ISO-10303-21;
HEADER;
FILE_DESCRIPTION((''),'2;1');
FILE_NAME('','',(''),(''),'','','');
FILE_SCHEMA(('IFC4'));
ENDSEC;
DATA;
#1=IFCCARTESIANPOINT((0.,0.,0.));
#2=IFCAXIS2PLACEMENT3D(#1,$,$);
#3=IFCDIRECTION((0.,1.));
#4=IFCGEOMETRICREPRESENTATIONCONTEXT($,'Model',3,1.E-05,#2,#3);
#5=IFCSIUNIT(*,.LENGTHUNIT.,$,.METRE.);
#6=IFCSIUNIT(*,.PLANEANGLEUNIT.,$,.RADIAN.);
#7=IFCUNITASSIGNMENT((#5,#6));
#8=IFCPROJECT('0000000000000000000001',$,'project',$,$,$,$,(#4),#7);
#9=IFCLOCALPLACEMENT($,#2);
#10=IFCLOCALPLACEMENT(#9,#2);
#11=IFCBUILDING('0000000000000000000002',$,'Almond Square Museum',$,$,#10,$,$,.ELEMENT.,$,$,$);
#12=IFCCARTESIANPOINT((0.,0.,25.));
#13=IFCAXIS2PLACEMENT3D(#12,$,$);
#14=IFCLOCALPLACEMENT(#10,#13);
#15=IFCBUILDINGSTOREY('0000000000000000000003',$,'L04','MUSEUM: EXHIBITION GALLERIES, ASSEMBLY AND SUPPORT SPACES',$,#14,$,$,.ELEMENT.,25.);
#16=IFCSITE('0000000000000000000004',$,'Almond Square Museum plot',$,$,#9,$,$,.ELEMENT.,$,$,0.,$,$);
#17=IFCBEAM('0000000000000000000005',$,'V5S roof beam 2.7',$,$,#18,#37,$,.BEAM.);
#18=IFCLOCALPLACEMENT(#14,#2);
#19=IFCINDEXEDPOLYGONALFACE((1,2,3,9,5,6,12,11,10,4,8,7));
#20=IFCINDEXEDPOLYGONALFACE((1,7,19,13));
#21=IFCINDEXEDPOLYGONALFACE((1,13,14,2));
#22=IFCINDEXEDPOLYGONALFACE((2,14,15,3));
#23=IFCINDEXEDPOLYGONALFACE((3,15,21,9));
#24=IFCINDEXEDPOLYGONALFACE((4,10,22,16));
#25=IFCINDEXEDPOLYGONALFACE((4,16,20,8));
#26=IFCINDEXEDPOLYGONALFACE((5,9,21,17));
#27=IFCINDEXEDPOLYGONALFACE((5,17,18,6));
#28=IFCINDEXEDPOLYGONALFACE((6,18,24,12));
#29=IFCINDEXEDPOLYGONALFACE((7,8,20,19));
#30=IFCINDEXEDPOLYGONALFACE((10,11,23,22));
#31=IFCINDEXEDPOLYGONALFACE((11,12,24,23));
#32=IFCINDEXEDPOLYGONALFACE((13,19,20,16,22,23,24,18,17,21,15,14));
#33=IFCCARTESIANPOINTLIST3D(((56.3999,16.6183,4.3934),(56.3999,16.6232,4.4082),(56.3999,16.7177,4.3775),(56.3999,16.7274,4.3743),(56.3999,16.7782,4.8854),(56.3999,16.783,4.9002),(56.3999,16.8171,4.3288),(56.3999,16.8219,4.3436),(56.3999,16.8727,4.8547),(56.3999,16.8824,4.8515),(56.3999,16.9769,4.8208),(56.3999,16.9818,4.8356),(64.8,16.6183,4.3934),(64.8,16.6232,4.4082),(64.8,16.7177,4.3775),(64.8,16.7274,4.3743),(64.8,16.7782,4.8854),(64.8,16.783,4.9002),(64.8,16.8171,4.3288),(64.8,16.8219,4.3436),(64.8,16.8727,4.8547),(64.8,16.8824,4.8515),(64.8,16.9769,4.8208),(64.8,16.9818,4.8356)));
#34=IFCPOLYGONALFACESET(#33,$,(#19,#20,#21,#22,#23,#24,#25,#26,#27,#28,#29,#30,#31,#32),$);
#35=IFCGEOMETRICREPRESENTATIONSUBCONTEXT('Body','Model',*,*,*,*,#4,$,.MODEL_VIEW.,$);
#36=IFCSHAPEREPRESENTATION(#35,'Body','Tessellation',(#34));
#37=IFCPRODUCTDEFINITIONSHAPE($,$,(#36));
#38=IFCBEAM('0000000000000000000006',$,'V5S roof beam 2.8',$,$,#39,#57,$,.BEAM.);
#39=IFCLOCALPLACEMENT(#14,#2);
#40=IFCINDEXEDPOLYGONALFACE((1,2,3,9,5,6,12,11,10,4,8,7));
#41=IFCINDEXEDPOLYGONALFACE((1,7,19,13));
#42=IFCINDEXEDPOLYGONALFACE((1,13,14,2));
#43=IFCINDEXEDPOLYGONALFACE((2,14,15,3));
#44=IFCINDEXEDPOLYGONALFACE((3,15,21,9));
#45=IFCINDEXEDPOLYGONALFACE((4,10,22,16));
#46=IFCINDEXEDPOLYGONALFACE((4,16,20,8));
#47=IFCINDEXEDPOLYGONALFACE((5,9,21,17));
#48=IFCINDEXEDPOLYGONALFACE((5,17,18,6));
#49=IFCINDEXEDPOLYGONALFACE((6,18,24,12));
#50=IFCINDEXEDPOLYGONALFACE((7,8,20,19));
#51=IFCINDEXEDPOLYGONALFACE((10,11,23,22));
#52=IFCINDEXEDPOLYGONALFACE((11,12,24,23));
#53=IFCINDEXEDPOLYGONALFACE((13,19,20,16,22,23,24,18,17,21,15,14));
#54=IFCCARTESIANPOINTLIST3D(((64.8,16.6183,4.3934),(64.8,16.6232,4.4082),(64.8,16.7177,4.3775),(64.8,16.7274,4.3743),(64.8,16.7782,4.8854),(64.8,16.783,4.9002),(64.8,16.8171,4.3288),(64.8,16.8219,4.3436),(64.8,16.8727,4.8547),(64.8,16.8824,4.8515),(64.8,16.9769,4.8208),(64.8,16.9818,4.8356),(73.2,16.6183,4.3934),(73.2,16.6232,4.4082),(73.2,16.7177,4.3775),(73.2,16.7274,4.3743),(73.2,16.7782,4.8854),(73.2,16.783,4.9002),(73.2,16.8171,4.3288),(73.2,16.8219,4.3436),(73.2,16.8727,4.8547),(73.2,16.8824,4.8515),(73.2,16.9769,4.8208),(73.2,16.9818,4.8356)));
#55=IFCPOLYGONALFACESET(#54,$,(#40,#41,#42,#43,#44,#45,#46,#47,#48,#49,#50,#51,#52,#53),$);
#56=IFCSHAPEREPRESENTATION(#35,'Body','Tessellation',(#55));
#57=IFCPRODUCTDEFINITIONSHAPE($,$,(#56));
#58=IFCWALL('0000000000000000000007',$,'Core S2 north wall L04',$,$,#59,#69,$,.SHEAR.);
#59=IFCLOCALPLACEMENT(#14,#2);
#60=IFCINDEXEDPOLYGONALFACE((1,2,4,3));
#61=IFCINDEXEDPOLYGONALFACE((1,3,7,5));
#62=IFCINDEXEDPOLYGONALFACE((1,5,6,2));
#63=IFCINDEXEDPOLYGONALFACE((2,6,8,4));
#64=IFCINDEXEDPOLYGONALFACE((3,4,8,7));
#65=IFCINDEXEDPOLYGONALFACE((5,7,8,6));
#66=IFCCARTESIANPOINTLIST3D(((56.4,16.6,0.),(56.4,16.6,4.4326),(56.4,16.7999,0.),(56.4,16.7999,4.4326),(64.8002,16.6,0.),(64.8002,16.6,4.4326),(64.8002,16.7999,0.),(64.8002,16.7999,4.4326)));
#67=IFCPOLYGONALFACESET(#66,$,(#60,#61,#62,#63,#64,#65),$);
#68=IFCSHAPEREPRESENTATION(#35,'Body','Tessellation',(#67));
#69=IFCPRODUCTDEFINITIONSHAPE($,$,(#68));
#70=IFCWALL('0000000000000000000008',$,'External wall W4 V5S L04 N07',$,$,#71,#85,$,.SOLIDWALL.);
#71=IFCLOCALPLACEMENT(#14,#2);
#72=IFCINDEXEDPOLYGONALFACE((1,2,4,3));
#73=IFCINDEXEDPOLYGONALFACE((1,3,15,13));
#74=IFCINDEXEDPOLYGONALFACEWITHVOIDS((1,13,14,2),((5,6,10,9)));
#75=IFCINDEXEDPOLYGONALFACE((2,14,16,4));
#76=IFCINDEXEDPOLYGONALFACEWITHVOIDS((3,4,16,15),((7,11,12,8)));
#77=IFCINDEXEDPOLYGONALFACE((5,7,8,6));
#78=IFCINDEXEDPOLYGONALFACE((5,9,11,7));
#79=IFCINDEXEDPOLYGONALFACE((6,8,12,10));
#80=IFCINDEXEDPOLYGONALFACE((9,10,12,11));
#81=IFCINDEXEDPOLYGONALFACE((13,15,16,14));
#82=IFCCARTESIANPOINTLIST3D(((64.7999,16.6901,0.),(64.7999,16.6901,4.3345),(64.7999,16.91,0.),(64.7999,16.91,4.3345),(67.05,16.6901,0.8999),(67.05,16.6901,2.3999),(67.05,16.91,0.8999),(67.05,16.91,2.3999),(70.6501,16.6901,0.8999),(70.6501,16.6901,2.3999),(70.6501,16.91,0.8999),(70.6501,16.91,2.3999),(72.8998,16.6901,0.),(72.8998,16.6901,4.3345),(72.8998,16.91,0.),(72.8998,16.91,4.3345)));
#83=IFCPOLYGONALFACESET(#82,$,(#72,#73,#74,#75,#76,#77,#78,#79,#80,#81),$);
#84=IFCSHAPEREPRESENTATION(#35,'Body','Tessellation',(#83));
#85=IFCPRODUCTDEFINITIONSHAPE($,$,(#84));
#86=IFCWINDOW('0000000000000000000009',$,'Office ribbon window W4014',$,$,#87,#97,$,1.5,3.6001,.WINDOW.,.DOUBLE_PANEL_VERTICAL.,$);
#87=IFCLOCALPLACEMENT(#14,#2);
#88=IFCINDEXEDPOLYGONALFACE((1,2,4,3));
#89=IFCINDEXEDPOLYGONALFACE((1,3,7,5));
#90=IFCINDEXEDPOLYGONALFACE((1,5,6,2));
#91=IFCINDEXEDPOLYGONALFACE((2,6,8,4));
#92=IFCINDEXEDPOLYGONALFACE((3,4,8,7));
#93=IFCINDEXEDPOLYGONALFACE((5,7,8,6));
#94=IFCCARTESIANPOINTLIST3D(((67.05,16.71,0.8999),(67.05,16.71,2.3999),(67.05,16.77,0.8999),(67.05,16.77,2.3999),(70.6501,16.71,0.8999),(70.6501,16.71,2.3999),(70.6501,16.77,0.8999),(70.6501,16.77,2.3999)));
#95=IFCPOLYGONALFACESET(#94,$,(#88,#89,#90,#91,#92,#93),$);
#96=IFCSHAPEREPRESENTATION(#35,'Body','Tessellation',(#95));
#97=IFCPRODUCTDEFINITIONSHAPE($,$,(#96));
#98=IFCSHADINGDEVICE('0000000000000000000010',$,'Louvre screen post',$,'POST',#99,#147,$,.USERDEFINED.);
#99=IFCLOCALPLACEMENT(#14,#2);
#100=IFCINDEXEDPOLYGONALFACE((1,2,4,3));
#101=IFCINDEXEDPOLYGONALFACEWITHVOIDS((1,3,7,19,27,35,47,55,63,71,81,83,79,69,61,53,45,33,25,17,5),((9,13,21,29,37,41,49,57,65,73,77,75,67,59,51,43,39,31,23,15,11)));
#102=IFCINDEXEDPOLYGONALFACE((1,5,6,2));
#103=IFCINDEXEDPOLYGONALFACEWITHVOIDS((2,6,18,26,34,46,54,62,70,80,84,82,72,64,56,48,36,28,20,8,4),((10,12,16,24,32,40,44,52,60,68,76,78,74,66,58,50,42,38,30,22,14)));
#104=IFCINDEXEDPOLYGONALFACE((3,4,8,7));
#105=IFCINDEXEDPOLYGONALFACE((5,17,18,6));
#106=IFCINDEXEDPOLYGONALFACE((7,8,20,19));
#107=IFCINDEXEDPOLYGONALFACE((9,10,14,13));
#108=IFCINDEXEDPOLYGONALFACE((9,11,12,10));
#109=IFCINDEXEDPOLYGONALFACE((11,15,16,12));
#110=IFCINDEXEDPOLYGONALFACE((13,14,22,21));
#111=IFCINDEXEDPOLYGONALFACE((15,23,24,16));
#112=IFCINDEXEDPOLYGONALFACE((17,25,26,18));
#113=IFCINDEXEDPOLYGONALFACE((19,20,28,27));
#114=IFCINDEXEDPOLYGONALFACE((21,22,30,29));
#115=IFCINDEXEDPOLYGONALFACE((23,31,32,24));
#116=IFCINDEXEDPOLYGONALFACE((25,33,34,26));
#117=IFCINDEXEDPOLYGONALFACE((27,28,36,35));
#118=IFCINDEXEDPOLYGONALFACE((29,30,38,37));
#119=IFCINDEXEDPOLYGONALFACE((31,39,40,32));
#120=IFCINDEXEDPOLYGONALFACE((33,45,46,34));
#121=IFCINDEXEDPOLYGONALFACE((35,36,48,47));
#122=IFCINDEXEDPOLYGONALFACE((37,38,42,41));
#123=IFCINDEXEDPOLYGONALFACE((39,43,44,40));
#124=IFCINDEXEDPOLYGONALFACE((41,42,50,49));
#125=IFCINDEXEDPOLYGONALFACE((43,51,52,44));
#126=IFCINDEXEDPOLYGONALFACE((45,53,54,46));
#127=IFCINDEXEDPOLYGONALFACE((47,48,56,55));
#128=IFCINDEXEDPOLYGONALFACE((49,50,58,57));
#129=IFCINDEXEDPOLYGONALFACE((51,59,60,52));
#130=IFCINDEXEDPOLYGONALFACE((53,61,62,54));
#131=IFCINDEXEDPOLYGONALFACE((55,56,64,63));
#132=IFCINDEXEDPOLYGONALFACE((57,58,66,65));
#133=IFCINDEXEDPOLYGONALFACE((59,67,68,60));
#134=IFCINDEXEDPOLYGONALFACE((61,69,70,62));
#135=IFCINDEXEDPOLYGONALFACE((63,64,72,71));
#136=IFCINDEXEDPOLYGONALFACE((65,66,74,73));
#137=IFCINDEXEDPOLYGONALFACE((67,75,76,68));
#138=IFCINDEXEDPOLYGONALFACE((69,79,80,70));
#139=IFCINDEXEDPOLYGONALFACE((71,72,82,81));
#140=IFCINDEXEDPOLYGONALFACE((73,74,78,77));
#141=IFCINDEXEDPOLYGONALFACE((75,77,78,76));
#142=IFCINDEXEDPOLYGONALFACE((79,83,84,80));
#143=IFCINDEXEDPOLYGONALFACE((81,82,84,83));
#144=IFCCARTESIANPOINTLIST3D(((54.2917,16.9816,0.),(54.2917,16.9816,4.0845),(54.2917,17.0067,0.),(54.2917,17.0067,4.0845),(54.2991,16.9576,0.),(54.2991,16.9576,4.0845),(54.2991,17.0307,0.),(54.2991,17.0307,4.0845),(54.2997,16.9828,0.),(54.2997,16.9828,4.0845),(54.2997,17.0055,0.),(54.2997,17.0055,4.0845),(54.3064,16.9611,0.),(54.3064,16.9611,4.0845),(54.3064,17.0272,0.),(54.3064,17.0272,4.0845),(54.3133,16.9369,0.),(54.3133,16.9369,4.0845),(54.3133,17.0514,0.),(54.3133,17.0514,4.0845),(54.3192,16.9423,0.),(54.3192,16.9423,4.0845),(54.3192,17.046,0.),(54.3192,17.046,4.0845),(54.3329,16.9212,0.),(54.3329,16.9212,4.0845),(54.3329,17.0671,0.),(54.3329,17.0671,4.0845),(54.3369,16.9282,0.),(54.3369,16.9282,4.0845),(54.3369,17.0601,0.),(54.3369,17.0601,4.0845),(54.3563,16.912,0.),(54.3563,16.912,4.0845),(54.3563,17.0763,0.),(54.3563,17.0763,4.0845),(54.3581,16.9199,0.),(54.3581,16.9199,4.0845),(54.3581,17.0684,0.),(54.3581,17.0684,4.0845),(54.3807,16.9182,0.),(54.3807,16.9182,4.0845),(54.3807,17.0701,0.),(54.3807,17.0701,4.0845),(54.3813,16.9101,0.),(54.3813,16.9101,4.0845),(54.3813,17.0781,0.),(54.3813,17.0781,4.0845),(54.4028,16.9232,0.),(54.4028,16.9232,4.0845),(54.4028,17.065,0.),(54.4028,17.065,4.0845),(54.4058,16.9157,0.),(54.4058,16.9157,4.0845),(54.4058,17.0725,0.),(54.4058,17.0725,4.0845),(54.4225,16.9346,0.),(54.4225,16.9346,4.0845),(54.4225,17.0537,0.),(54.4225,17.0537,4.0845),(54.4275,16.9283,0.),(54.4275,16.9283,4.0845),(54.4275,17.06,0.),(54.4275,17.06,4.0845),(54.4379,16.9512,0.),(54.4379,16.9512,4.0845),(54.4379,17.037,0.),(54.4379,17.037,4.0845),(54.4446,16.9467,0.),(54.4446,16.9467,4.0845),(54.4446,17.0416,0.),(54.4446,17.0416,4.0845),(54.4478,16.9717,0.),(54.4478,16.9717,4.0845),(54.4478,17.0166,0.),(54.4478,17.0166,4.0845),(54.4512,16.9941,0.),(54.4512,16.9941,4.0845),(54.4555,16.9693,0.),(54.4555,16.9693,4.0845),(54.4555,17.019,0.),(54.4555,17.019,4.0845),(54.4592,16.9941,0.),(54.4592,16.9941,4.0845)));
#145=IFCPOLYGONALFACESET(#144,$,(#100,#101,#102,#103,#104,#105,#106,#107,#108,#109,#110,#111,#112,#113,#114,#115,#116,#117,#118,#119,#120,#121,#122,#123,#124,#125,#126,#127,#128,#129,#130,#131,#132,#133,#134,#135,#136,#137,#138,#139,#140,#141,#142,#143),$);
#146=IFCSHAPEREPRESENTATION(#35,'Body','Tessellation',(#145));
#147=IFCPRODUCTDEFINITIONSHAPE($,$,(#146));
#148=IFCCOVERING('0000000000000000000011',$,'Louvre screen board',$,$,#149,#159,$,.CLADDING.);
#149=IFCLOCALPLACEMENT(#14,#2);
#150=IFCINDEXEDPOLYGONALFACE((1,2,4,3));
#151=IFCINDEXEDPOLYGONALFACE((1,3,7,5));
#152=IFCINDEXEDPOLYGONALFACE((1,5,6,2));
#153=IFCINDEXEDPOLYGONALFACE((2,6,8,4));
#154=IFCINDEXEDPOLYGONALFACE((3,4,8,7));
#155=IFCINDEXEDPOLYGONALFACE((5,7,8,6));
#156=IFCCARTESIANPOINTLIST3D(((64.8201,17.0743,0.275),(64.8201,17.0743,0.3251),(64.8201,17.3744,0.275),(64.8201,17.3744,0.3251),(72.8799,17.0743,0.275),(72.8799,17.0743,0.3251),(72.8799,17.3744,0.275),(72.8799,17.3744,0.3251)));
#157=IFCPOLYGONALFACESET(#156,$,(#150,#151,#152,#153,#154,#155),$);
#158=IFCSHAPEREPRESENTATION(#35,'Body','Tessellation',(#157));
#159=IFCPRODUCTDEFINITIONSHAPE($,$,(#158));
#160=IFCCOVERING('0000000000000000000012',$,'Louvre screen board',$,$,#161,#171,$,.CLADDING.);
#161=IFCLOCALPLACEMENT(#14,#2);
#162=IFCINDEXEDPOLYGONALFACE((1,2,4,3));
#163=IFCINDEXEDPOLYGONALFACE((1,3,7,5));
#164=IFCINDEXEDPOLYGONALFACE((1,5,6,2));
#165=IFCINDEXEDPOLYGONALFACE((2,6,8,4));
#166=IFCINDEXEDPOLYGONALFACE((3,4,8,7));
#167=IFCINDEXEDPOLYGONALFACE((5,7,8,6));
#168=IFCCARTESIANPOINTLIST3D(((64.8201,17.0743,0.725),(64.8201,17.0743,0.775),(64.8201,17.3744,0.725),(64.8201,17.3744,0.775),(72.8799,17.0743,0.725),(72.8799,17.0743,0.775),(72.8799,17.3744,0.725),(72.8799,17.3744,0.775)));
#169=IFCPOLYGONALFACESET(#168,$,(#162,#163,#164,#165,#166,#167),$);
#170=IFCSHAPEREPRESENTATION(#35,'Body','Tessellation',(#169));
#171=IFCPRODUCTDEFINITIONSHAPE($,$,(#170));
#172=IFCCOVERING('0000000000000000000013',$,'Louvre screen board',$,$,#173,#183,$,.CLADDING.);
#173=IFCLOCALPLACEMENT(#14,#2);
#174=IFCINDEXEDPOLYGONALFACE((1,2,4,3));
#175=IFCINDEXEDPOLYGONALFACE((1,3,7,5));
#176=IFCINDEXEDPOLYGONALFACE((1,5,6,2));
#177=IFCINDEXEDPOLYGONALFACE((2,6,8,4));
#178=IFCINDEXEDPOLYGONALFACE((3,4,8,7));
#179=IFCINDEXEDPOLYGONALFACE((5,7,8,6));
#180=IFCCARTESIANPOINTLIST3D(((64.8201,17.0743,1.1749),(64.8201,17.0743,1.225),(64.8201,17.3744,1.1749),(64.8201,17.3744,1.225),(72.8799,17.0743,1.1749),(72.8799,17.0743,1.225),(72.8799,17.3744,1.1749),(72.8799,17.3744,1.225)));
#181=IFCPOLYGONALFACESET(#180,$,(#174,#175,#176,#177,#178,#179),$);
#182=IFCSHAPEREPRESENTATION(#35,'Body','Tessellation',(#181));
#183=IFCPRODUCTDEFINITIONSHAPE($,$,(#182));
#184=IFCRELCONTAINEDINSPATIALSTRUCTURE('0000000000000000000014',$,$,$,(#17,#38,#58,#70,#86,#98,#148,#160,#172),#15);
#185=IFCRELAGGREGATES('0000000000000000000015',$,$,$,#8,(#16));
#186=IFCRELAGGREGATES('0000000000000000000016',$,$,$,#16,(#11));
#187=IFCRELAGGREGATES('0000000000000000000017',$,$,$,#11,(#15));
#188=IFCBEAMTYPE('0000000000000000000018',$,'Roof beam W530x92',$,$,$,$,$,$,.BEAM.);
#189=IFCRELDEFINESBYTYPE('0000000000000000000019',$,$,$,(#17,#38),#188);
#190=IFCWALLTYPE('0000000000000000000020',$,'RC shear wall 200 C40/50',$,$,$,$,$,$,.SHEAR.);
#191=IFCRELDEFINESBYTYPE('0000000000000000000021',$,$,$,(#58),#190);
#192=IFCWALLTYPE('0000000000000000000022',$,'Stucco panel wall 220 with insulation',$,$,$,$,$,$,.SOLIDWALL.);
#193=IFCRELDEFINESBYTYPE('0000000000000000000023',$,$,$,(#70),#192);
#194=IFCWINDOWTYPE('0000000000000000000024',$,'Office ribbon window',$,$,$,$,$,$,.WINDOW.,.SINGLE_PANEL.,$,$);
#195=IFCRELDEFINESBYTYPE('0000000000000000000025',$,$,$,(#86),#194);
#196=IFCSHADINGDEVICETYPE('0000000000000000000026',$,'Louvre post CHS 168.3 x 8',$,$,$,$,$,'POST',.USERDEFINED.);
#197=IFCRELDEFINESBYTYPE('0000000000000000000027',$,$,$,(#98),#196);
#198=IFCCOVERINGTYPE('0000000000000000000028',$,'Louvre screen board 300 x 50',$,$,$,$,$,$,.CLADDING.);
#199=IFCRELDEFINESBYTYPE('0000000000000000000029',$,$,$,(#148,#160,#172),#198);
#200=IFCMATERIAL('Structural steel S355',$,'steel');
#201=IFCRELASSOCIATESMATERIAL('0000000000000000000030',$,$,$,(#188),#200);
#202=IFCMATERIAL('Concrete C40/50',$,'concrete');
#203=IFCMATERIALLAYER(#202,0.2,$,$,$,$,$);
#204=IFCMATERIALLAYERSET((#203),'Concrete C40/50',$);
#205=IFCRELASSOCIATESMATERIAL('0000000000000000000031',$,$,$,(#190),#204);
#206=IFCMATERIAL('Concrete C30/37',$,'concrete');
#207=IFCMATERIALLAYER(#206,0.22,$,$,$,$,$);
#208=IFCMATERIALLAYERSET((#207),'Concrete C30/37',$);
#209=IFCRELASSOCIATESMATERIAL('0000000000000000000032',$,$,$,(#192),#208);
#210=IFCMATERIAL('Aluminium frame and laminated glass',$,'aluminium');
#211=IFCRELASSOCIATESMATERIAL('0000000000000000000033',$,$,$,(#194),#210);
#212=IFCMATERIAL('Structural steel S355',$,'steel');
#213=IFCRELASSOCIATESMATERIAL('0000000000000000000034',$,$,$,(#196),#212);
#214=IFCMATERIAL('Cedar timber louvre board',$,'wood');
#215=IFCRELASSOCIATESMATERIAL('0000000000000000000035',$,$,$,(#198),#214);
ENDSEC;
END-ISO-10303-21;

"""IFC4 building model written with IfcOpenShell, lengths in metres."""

from ifc_helpers import new_model, si_unit, direction, frame, frame_2d, origin, origin_2d, place, context, subcontext, project, spatial, rectangle, hollow_circle, i_section, extrude, material, layer, layer_set, material_profile, profile_set, type_object, element, fill, save


model = new_model("IFC4")

# Units and contexts
model_context = context("Model", 3, precision=1e-05, world=origin(), true_north=direction((0.0, 1.0)))
body_context = subcontext(model_context, "Body", "Model", "MODEL_VIEW")
ifc_project = project(units=[si_unit("LENGTHUNIT", "METRE"), si_unit("PLANEANGLEUNIT", "RADIAN")], contexts=[model_context])

# Site, building, storey
site_placement = place(None, origin())
site = spatial("IfcSite", under=ifc_project, at=site_placement, Name="Almond Square Museum plot", CompositionType="ELEMENT", RefElevation=0.0)
building_placement = place(site_placement, origin())
building = spatial("IfcBuilding", under=site, at=building_placement, Name="Almond Square Museum", CompositionType="ELEMENT")
storey_placement = place(building_placement, frame((0.0, 0.0, 25.0)))
storey = spatial("IfcBuildingStorey", under=building, at=storey_placement, Name="L04", Description="MUSEUM: EXHIBITION GALLERIES, ASSEMBLY AND SUPPORT SPACES", CompositionType="ELEMENT", Elevation=25.0)

# Beams
ifc_material_1 = material(Name="Structural steel S355", Category="steel")
ifc_material_profile_1 = material_profile(ifc_material_1, i_section(OverallWidth=0.209, OverallDepth=0.533, WebThickness=0.0103, FlangeThickness=0.0156, at=origin_2d()))
ifc_profile_set_1 = profile_set([ifc_material_profile_1], Name="Structural steel S355")
beam_type = type_object("IfcBeamType", Name="Roof beam W530x92", PredefinedType="BEAM", material=ifc_profile_set_1)
beam_1_placement = place(storey_placement, frame((56.3999, 16.8, 4.6145), z_axis=(1.0, 0.0, 0.0), x_axis=(0.0, 0.951057, -0.309017)))
element("IfcBeam", 1, at=beam_1_placement, inside=storey, type_object=beam_type, Name="V5S roof beam 2.7", PredefinedType="BEAM", context=body_context, shape_type="SweptSolid", body=[
    extrude(i_section(OverallWidth=0.209, OverallDepth=0.533, WebThickness=0.0103, FlangeThickness=0.0156, at=origin_2d()), origin(), (0.0, 0.0, 1.0), 8.4001),
])
beam_2_placement = place(storey_placement, frame((64.8, 16.8, 4.6145), z_axis=(1.0, 0.0, 0.0), x_axis=(0.0, 0.951057, -0.309017)))
element("IfcBeam", 2, at=beam_2_placement, inside=storey, type_object=beam_type, Name="V5S roof beam 2.8", PredefinedType="BEAM", context=body_context, shape_type="SweptSolid", body=[
    extrude(i_section(OverallWidth=0.209, OverallDepth=0.533, WebThickness=0.0103, FlangeThickness=0.0156, at=origin_2d()), origin(), (0.0, 0.0, 1.0), 8.3999),
])

# Wall
ifc_material_2 = material(Name="Concrete C40/50", Category="concrete")
ifc_layer_1 = layer(ifc_material_2, 0.2)
ifc_layer_set_1 = layer_set([ifc_layer_1], Name="Concrete C40/50")
wall_type_1 = type_object("IfcWallType", Name="RC shear wall 200 C40/50", PredefinedType="SHEAR", material=ifc_layer_set_1)
wall_1_placement = place(storey_placement, frame((56.3999, 16.7, 0.0), z_axis=(0.0, 0.0, 1.0), x_axis=(1.0, 0.0, 0.0)))
element("IfcWall", 3, at=wall_1_placement, inside=storey, type_object=wall_type_1, Name="Core S2 north wall L04", PredefinedType="SHEAR", context=body_context, shape_type="SweptSolid", body=[
    extrude(rectangle(XDim=8.4001, YDim=0.2, at=frame_2d((4.2002, 0.0))), origin(), (0.0, 0.0, 1.0), 4.4326),
])

# Wall, opening, window
ifc_material_3 = material(Name="Concrete C30/37", Category="concrete")
ifc_layer_2 = layer(ifc_material_3, 0.22)
ifc_layer_set_2 = layer_set([ifc_layer_2], Name="Concrete C30/37")
wall_type_2 = type_object("IfcWallType", Name="Stucco panel wall 220 with insulation", PredefinedType="SOLIDWALL", material=ifc_layer_set_2)
wall_2_placement = place(storey_placement, frame((64.8, 16.8, 0.0), z_axis=(0.0, 0.0, 1.0), x_axis=(1.0, 0.0, 0.0)))
wall_2 = element("IfcWall", 4, at=wall_2_placement, inside=storey, type_object=wall_type_2, Name="External wall W4 V5S L04 N07", PredefinedType="SOLIDWALL", context=body_context, shape_type="SweptSolid", body=[
    extrude(rectangle(XDim=8.0999, YDim=0.22, at=frame_2d((4.0498, 0.0))), origin(), (0.0, 0.0, 1.0), 4.3345),
])
opening_placement = place(wall_2_placement, frame((2.25, 0.0, 0.8999)))
opening = element("IfcOpeningElement", 5, at=opening_placement, cuts=wall_2, PredefinedType="OPENING", context=body_context, shape_type="SweptSolid", body=[
    extrude(rectangle(XDim=3.6001, YDim=1.5, at=frame_2d((1.8, 0.75))), frame((0.0, 0.1199, 0.0), z_axis=(0.0, -1.0, 0.0), x_axis=(1.0, 0.0, 0.0)), (0.0, 0.0, 1.0), 0.24),
])
ifc_material_4 = material(Name="Aluminium frame and laminated glass", Category="aluminium")
window_type = type_object("IfcWindowType", Name="Office ribbon window", PartitioningType="SINGLE_PANEL", PredefinedType="WINDOW", material=ifc_material_4)
window_placement = place(opening_placement, origin())
window = element("IfcWindow", 6, at=window_placement, inside=storey, type_object=window_type, Name="Office ribbon window W4014", OverallHeight=1.5, OverallWidth=3.6001, PartitioningType="DOUBLE_PANEL_VERTICAL", PredefinedType="WINDOW", context=body_context, shape_type="SweptSolid", body=[
    extrude(rectangle(XDim=3.6001, YDim=1.5, at=frame_2d((1.8, 0.75))), frame((0.0, -0.03, 0.0), z_axis=(0.0, -1.0, 0.0), x_axis=(1.0, 0.0, 0.0)), (0.0, 0.0, 1.0), 0.0601),
])
fill(opening, window)

# Shading device
ifc_material_5 = material(Name="Structural steel S355", Category="steel")
ifc_material_profile_2 = material_profile(ifc_material_5, hollow_circle(Radius=0.0842, WallThickness=0.0081, at=origin_2d()))
ifc_profile_set_2 = profile_set([ifc_material_profile_2], Name="Structural steel S355")
shading_device_type = type_object("IfcShadingDeviceType", Name="Louvre post CHS 168.3 x 8", ElementType="POST", PredefinedType="USERDEFINED", material=ifc_profile_set_2)
shading_device_placement = place(storey_placement, frame((54.375, 16.9941, 0.0), z_axis=(0.0, 0.0, 1.0), x_axis=(1.0, 0.0, 0.0)))
element("IfcShadingDevice", 7, at=shading_device_placement, inside=storey, type_object=shading_device_type, Name="Louvre screen post", ObjectType="POST", PredefinedType="USERDEFINED", context=body_context, shape_type="SweptSolid", body=[
    extrude(hollow_circle(Radius=0.0842, WallThickness=0.0081, at=origin_2d()), origin(), (0.0, 0.0, 1.0), 4.0845),
])

# Coverings
ifc_material_6 = material(Name="Cedar timber louvre board", Category="wood")
ifc_material_profile_3 = material_profile(ifc_material_6, rectangle(XDim=0.3, YDim=0.05, at=origin_2d()))
ifc_profile_set_3 = profile_set([ifc_material_profile_3], Name="Cedar timber louvre board")
covering_type = type_object("IfcCoveringType", Name="Louvre screen board 300 x 50", PredefinedType="CLADDING", material=ifc_profile_set_3)
for number, where, z_axis, x_axis, name in (
    (8, (64.8201, 17.2244, 0.3), (1.0, 0.0, 0.0), (0.0, 1.0, 0.0), "Louvre screen board"),
    (9, (64.8201, 17.2244, 0.75), (1.0, 0.0, 0.0), (0.0, 1.0, 0.0), "Louvre screen board"),
    (10, (64.8201, 17.2244, 1.2), (1.0, 0.0, 0.0), (0.0, 1.0, 0.0), "Louvre screen board"),
):
    element("IfcCovering", number, at=place(storey_placement, frame(where, z_axis=z_axis, x_axis=x_axis)), inside=storey, type_object=covering_type, Name=name, PredefinedType="CLADDING", context=body_context, shape_type="SweptSolid", body=[
        extrude(rectangle(XDim=0.3, YDim=0.05, at=origin_2d()), origin(), (0.0, 0.0, 1.0), 8.0598),
    ])

save(model, "model.ifc")
